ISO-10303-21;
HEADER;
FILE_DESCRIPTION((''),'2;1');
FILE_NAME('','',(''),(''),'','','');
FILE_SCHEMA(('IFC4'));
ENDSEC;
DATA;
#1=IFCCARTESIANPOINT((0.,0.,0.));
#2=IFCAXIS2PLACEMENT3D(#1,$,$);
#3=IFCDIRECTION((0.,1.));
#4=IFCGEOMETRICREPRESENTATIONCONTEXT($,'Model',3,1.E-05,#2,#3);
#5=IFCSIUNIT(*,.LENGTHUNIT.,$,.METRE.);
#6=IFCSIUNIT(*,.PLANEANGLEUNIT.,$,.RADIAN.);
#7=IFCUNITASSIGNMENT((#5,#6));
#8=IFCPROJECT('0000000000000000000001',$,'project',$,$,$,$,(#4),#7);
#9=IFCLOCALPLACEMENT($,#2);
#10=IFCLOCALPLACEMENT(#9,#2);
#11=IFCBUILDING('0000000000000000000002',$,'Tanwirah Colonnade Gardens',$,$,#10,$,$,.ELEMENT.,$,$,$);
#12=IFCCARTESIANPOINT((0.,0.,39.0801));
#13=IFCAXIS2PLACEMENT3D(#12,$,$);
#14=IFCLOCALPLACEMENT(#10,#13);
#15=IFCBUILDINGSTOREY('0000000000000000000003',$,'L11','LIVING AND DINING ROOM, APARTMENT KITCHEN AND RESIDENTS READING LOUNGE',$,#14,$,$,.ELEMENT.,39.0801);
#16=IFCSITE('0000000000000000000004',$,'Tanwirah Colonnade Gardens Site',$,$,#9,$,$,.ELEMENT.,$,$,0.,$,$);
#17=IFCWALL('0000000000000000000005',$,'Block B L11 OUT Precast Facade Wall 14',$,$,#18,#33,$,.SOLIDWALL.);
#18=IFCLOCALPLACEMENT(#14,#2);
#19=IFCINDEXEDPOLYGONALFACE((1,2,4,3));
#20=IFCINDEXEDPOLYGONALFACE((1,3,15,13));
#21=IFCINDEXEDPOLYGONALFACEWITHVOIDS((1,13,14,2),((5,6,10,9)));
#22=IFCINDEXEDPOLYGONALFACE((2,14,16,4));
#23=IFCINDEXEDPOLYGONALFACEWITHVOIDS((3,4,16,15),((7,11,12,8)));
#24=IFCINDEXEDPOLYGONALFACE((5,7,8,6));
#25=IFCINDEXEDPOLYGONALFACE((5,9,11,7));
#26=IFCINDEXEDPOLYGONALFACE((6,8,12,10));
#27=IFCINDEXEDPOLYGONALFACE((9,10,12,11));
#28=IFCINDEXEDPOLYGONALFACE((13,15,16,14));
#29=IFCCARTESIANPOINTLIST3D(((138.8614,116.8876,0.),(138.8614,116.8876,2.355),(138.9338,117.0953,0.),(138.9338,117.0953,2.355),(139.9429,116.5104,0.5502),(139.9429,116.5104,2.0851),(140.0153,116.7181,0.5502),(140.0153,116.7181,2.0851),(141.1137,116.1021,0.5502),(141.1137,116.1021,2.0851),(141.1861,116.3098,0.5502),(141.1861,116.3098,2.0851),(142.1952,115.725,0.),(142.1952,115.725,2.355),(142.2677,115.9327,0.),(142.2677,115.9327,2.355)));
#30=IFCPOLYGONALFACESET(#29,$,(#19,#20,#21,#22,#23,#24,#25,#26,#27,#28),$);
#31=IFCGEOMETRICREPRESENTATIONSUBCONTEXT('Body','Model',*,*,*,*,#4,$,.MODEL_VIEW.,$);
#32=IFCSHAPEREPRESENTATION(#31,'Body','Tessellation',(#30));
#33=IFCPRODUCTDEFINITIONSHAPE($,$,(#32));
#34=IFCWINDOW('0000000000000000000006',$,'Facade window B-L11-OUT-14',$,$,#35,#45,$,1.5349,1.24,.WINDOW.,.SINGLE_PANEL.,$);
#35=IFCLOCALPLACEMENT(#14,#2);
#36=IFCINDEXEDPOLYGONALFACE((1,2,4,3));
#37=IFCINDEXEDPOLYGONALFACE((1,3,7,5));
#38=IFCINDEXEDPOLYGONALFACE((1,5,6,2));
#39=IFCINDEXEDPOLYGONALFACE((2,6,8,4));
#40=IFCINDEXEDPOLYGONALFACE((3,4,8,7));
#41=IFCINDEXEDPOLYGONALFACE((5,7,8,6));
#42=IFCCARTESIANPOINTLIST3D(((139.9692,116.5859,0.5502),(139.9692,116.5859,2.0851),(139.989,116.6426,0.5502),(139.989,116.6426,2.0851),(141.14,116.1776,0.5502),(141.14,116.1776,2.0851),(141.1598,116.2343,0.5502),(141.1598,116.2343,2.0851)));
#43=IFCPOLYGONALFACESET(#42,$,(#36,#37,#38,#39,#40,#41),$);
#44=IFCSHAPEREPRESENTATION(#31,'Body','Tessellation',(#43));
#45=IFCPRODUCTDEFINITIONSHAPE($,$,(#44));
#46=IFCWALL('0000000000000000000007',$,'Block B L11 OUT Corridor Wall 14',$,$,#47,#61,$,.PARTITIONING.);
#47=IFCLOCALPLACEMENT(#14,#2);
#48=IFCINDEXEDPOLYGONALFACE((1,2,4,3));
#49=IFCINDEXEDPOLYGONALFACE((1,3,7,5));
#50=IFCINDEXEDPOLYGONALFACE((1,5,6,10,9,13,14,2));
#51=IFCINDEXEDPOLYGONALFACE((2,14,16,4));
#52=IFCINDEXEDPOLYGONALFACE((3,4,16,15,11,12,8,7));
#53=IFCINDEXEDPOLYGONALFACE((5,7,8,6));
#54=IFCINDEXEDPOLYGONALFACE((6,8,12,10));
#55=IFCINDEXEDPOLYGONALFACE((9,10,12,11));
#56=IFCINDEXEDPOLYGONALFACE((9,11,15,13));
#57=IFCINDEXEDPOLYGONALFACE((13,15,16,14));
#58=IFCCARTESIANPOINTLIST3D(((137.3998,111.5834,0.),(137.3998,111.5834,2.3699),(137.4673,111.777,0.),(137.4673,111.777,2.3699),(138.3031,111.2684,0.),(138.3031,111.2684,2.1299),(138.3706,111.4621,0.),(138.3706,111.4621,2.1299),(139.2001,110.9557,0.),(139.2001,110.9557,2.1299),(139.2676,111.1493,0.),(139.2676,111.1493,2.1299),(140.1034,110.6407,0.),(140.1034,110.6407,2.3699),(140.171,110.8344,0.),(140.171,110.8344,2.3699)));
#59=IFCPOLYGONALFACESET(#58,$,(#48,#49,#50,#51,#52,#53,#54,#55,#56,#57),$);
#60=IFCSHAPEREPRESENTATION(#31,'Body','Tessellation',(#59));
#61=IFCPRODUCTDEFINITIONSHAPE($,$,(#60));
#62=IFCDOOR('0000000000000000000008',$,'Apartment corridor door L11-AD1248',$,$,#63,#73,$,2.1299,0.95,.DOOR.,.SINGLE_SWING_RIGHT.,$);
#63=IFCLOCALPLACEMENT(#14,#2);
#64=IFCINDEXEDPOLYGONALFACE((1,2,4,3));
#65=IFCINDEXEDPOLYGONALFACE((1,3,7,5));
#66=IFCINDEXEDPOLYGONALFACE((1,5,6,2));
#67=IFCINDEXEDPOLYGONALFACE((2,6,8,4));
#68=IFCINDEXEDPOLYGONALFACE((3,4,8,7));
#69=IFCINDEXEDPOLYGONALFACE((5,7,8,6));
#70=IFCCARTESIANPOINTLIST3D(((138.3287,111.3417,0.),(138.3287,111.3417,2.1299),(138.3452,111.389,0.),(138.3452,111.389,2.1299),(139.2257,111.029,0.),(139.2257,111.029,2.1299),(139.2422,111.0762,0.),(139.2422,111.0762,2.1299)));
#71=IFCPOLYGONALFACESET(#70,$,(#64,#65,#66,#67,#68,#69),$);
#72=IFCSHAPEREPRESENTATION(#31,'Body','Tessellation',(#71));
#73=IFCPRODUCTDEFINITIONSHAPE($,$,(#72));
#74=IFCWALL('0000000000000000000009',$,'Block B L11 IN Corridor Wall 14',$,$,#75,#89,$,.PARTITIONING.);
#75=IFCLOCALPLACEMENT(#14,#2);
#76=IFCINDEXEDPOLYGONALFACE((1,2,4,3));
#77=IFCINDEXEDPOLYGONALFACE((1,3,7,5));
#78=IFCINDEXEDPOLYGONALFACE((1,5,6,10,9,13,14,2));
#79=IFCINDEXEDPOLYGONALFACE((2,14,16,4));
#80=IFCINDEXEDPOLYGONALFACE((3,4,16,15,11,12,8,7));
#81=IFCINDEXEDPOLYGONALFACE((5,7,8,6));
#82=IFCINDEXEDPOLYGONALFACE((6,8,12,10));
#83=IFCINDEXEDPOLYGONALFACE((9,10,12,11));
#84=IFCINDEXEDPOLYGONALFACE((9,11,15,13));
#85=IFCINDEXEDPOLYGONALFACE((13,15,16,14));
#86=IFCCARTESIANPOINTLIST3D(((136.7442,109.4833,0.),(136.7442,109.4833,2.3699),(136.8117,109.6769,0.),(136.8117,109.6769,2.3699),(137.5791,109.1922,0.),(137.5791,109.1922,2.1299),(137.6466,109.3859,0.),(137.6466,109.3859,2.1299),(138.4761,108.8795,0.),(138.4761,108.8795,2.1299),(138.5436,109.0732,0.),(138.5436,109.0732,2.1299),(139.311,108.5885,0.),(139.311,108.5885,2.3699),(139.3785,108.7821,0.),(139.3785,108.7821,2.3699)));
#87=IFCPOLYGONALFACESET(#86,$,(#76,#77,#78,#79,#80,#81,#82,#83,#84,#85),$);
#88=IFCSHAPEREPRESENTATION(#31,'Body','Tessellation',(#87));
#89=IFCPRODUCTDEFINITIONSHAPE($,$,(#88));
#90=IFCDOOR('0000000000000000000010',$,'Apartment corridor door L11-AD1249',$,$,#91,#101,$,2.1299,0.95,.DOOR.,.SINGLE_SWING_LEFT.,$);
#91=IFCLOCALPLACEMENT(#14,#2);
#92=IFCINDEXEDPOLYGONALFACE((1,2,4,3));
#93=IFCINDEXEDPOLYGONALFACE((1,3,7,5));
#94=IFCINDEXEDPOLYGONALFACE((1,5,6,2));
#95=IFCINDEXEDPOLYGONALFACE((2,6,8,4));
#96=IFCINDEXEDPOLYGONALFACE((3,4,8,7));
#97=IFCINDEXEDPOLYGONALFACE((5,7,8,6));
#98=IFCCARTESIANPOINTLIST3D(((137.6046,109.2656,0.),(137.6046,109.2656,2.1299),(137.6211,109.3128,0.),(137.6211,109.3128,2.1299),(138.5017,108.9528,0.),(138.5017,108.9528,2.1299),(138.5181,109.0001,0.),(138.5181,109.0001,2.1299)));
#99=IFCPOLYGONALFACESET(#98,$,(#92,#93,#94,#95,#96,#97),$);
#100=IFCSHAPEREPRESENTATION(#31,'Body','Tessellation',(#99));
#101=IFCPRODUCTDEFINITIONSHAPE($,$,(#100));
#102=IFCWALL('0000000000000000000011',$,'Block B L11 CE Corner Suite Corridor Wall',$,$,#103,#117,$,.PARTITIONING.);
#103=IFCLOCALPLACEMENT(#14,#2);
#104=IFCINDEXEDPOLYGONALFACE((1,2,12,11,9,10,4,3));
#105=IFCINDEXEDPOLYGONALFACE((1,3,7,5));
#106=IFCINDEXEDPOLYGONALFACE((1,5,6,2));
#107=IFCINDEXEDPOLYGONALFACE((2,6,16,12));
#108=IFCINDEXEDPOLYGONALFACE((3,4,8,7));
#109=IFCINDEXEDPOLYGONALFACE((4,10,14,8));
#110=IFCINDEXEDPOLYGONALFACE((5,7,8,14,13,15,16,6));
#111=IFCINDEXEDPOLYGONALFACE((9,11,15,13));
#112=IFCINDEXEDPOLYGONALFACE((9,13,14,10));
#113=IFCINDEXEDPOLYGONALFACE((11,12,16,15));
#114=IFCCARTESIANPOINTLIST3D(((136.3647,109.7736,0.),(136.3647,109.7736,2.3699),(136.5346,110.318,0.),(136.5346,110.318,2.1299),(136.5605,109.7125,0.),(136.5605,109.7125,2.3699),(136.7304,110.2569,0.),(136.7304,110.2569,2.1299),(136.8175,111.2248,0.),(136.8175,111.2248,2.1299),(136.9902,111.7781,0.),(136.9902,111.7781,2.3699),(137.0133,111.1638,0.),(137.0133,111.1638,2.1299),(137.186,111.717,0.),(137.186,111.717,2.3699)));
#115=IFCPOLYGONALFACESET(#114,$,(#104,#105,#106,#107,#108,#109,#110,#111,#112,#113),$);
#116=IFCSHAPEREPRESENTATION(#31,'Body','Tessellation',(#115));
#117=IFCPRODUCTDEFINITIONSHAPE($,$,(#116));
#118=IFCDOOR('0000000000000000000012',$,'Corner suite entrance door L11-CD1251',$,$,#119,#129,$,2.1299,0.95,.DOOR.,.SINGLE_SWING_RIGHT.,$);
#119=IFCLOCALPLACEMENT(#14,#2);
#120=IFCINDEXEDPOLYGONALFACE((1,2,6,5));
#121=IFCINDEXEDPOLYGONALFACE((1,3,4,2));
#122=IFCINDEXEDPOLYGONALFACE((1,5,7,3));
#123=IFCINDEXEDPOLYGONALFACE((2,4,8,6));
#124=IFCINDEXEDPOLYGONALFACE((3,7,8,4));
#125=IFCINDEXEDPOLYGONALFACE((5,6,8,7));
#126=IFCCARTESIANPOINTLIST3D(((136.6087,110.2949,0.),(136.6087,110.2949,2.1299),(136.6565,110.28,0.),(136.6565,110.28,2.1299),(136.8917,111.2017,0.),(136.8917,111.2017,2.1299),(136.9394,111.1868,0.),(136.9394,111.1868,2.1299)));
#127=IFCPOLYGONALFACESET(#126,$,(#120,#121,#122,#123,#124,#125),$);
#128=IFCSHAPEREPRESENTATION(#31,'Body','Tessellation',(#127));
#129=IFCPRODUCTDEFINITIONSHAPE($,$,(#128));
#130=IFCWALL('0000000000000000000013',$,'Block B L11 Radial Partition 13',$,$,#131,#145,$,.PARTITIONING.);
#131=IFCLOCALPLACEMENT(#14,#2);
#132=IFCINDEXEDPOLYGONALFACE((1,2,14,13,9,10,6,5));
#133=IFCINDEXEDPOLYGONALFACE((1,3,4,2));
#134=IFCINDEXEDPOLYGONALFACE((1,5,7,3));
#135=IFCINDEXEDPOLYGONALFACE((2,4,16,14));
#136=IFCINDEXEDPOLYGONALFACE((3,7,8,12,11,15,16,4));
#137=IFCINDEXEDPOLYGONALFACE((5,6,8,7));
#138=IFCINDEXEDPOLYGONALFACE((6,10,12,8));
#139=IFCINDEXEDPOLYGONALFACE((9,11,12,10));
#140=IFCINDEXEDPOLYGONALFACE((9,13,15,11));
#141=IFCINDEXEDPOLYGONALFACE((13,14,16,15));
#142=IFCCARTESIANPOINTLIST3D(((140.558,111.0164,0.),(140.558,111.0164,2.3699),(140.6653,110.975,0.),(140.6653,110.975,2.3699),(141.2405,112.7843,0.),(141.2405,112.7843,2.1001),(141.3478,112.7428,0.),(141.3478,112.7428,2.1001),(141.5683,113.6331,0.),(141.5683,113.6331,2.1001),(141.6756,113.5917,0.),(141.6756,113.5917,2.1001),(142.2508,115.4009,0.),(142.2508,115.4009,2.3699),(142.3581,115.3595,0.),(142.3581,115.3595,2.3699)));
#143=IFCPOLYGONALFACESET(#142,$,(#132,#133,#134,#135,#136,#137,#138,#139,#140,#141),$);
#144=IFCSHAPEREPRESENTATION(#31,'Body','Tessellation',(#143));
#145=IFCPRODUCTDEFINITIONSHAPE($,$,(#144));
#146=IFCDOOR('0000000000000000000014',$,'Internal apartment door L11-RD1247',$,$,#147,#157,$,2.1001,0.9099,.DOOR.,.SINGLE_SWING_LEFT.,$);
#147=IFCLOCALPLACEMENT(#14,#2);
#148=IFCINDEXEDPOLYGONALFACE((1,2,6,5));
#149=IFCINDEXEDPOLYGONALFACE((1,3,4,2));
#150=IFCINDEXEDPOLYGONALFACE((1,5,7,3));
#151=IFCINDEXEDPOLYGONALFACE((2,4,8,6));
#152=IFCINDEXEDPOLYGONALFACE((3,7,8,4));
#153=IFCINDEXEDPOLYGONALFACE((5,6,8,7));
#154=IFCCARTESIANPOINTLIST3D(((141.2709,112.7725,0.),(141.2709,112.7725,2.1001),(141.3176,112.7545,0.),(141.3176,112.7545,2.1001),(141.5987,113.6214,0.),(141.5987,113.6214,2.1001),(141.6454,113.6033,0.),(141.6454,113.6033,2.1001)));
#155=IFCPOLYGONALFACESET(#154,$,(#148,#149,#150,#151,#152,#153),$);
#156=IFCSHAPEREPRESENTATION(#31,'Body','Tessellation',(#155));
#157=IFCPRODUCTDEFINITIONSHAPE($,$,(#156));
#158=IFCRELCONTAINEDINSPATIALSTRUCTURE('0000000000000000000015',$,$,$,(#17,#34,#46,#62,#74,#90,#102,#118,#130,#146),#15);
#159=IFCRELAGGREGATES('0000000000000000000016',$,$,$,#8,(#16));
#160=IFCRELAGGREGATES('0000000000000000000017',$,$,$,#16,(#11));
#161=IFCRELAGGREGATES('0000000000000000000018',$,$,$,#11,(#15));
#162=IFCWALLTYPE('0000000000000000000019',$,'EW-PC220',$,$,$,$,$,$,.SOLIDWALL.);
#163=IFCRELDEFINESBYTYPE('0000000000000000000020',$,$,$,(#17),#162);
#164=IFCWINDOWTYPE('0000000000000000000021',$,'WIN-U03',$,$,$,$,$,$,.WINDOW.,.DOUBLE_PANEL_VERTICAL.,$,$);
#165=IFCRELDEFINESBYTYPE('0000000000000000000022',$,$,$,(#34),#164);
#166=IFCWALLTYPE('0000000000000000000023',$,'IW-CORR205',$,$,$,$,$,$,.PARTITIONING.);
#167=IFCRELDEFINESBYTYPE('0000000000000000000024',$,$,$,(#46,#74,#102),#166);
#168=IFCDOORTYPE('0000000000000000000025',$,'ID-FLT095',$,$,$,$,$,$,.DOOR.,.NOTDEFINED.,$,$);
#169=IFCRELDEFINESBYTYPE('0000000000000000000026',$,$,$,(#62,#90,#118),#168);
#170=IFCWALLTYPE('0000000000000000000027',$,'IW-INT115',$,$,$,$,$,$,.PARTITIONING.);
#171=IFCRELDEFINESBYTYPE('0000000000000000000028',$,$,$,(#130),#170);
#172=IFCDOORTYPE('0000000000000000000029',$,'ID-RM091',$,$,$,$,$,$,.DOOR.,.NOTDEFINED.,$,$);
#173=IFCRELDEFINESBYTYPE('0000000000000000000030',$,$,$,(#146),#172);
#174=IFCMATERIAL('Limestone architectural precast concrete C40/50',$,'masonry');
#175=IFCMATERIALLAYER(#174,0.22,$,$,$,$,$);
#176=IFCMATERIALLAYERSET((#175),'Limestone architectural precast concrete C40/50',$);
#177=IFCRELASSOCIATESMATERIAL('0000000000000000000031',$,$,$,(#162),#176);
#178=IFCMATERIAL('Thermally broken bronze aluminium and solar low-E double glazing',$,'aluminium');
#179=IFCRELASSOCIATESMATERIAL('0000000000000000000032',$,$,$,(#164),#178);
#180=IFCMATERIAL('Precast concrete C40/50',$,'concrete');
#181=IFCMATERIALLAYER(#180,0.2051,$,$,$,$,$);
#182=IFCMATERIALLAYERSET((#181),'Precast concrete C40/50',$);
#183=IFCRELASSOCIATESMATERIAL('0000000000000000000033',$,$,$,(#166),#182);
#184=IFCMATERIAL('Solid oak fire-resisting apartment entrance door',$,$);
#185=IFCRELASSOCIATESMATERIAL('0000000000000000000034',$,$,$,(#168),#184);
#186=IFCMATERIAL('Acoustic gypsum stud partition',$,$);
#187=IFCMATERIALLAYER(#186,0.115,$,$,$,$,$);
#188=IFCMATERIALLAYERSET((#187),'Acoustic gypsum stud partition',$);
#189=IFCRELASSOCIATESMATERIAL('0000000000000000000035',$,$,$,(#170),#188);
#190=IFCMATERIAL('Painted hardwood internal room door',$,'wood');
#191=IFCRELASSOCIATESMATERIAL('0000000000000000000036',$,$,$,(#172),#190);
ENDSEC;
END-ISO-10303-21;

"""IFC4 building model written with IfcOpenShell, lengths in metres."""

from ifc_helpers import new_model, si_unit, direction, frame, frame_2d, origin, place, context, subcontext, project, spatial, rectangle, extrude, material, layer, layer_set, type_object, element, fill, save


model = new_model("IFC4")

# Units and contexts
model_context = context("Model", 3, precision=1e-05, world=origin(), true_north=direction((0.0, 1.0)))
body_context = subcontext(model_context, "Body", "Model", "MODEL_VIEW")
ifc_project = project(units=[si_unit("LENGTHUNIT", "METRE"), si_unit("PLANEANGLEUNIT", "RADIAN")], contexts=[model_context])

# Site, building, storey
site_placement = place(None, origin())
site = spatial("IfcSite", under=ifc_project, at=site_placement, Name="Tanwirah Colonnade Gardens Site", CompositionType="ELEMENT", RefElevation=0.0)
building_placement = place(site_placement, origin())
building = spatial("IfcBuilding", under=site, at=building_placement, Name="Tanwirah Colonnade Gardens", CompositionType="ELEMENT")
storey_placement = place(building_placement, frame((0.0, 0.0, 39.0801)))
storey = spatial("IfcBuildingStorey", under=building, at=storey_placement, Name="L11", Description="LIVING AND DINING ROOM, APARTMENT KITCHEN AND RESIDENTS READING LOUNGE", CompositionType="ELEMENT", Elevation=39.0801)

# Shared definitions
ifc_material_1 = material(Name="Precast concrete C40/50", Category="concrete")

# Wall, opening, window
ifc_material_2 = material(Name="Limestone architectural precast concrete C40/50", Category="masonry")
ifc_layer_1 = layer(ifc_material_2, 0.22)
ifc_layer_set_1 = layer_set([ifc_layer_1], Name="Limestone architectural precast concrete C40/50")
wall_type_1 = type_object("IfcWallType", Name="EW-PC220", PredefinedType="SOLIDWALL", material=ifc_layer_set_1)
wall_1_placement = place(storey_placement, frame((142.2314, 115.8289, 0.0), z_axis=(0.0, 0.0, 1.0), x_axis=(-0.944237, 0.329266, 0.0)))
wall_1 = element("IfcWall", 1, at=wall_1_placement, inside=storey, type_object=wall_type_1, Name="Block B L11 OUT Precast Facade Wall 14", PredefinedType="SOLIDWALL", context=body_context, shape_type="SweptSolid", body=[
    extrude(rectangle(XDim=3.5308, YDim=0.22, at=frame_2d((1.7654, 0.0))), origin(), (0.0, 0.0, 1.0), 2.355),
])
opening_1_placement = place(wall_1_placement, frame((1.1453, 0.0, 0.55)))
opening_1 = element("IfcOpeningElement", 2, at=opening_1_placement, cuts=wall_1, PredefinedType="OPENING", context=body_context, shape_type="SweptSolid", body=[
    extrude(rectangle(XDim=1.24, YDim=1.5349, at=frame_2d((0.6201, 0.7676))), frame((0.0, 0.1199, 0.0), z_axis=(0.0, -1.0, 0.0), x_axis=(1.0, 0.0, 0.0)), (0.0, 0.0, 1.0), 0.24),
])
ifc_material_3 = material(Name="Thermally broken bronze aluminium and solar low-E double glazing", Category="aluminium")
window_type = type_object("IfcWindowType", Name="WIN-U03", PartitioningType="DOUBLE_PANEL_VERTICAL", PredefinedType="WINDOW", material=ifc_material_3)
window_placement = place(opening_1_placement, origin())
window = element("IfcWindow", 3, at=window_placement, inside=storey, type_object=window_type, Name="Facade window B-L11-OUT-14", OverallHeight=1.5349, OverallWidth=1.24, PartitioningType="SINGLE_PANEL", PredefinedType="WINDOW", context=body_context, shape_type="SweptSolid", body=[
    extrude(rectangle(XDim=1.24, YDim=1.5349, at=frame_2d((0.6201, 0.7676))), frame((0.0, 0.03, 0.0), z_axis=(0.0, -1.0, 0.0), x_axis=(1.0, 0.0, 0.0)), (0.0, 0.0, 1.0), 0.0601),
])
fill(opening_1, window)

# Walls, openings, doors
ifc_layer_2 = layer(ifc_material_1, 0.2051)
ifc_layer_set_2 = layer_set([ifc_layer_2], Name="Precast concrete C40/50")
wall_type_2 = type_object("IfcWallType", Name="IW-CORR205", PredefinedType="PARTITIONING", material=ifc_layer_set_2)
wall_2_placement = place(storey_placement, frame((140.1372, 110.7375, 0.0), z_axis=(0.0, 0.0, 1.0), x_axis=(-0.944254, 0.329218, 0.0)))
wall_2 = element("IfcWall", 4, at=wall_2_placement, inside=storey, type_object=wall_type_2, Name="Block B L11 OUT Corridor Wall 14", PredefinedType="PARTITIONING", context=body_context, shape_type="SweptSolid", body=[
    extrude(rectangle(XDim=2.8633, YDim=0.2051, at=frame_2d((1.4316, 0.0))), origin(), (0.0, 0.0, 1.0), 2.3699),
])
opening_2_placement = place(wall_2_placement, frame((0.9565, 0.0, 0.0)))
opening_2 = element("IfcOpeningElement", 5, at=opening_2_placement, cuts=wall_2, PredefinedType="OPENING", context=body_context, shape_type="SweptSolid", body=[
    extrude(rectangle(XDim=0.95, YDim=2.1299, at=frame_2d((0.4751, 1.0649))), frame((0.0, 0.1125, 0.0), z_axis=(0.0, -1.0, 0.0), x_axis=(1.0, 0.0, 0.0)), (0.0, 0.0, 1.0), 0.2251),
])
ifc_material_4 = material(Name="Solid oak fire-resisting apartment entrance door")
door_type_1 = type_object("IfcDoorType", Name="ID-FLT095", OperationType="NOTDEFINED", PredefinedType="DOOR", material=ifc_material_4)
door_1_placement = place(opening_2_placement, origin())
door_1 = element("IfcDoor", 6, at=door_1_placement, inside=storey, type_object=door_type_1, Name="Apartment corridor door L11-AD1248", OperationType="SINGLE_SWING_RIGHT", OverallHeight=2.1299, OverallWidth=0.95, PredefinedType="DOOR", context=body_context, shape_type="SweptSolid", body=[
    extrude(rectangle(XDim=0.95, YDim=2.1299, at=frame_2d((0.4751, 1.0649))), frame((0.0, 0.0249, 0.0), z_axis=(0.0, -1.0, 0.0), x_axis=(1.0, 0.0, 0.0)), (0.0, 0.0, 1.0), 0.05),
])
fill(opening_2, door_1)
wall_3_placement = place(storey_placement, frame((139.3447, 108.6853, 0.0), z_axis=(0.0, 0.0, 1.0), x_axis=(-0.944265, 0.329186, 0.0)))
wall_3 = element("IfcWall", 7, at=wall_3_placement, inside=storey, type_object=wall_type_2, Name="Block B L11 IN Corridor Wall 14", PredefinedType="PARTITIONING", context=body_context, shape_type="SweptSolid", body=[
    extrude(rectangle(XDim=2.7183, YDim=0.2051, at=frame_2d((1.3591, 0.0))), origin(), (0.0, 0.0, 1.0), 2.3699),
])
opening_3_placement = place(wall_3_placement, frame((0.884, 0.0, 0.0)))
opening_3 = element("IfcOpeningElement", 8, at=opening_3_placement, cuts=wall_3, PredefinedType="OPENING", context=body_context, shape_type="SweptSolid", body=[
    extrude(rectangle(XDim=0.95, YDim=2.1299, at=frame_2d((0.4751, 1.0649))), frame((0.0, 0.1125, 0.0), z_axis=(0.0, -1.0, 0.0), x_axis=(1.0, 0.0, 0.0)), (0.0, 0.0, 1.0), 0.2251),
])
door_2_placement = place(opening_3_placement, origin())
door_2 = element("IfcDoor", 9, at=door_2_placement, inside=storey, type_object=door_type_1, Name="Apartment corridor door L11-AD1249", OperationType="SINGLE_SWING_LEFT", OverallHeight=2.1299, OverallWidth=0.95, PredefinedType="DOOR", context=body_context, shape_type="SweptSolid", body=[
    extrude(rectangle(XDim=0.95, YDim=2.1299, at=frame_2d((0.4751, 1.0649))), frame((0.0, 0.0249, 0.0), z_axis=(0.0, -1.0, 0.0), x_axis=(1.0, 0.0, 0.0)), (0.0, 0.0, 1.0), 0.05),
])
fill(opening_3, door_2)
wall_4_placement = place(storey_placement, frame((136.4626, 109.7432, 0.0), z_axis=(0.0, 0.0, 1.0), x_axis=(0.297858, 0.95461, 0.0)))
wall_4 = element("IfcWall", 10, at=wall_4_placement, inside=storey, type_object=wall_type_2, Name="Block B L11 CE Corner Suite Corridor Wall", PredefinedType="PARTITIONING", context=body_context, shape_type="SweptSolid", body=[
    extrude(rectangle(XDim=2.0999, YDim=0.2051, at=frame_2d((1.0498, 0.0))), origin(), (0.0, 0.0, 1.0), 2.3699),
])
opening_4_placement = place(wall_4_placement, frame((0.5701, 0.0, 0.0)))
opening_4 = element("IfcOpeningElement", 11, at=opening_4_placement, cuts=wall_4, PredefinedType="OPENING", context=body_context, shape_type="SweptSolid", body=[
    extrude(rectangle(XDim=0.95, YDim=2.1299, at=frame_2d((0.4751, 1.0649))), frame((0.0, 0.1125, 0.0), z_axis=(0.0, -1.0, 0.0), x_axis=(1.0, 0.0, 0.0)), (0.0, 0.0, 1.0), 0.2251),
])
door_3_placement = place(opening_4_placement, origin())
door_3 = element("IfcDoor", 12, at=door_3_placement, inside=storey, type_object=door_type_1, Name="Corner suite entrance door L11-CD1251", OperationType="SINGLE_SWING_RIGHT", OverallHeight=2.1299, OverallWidth=0.95, PredefinedType="DOOR", context=body_context, shape_type="SweptSolid", body=[
    extrude(rectangle(XDim=0.95, YDim=2.1299, at=frame_2d((0.4751, 1.0649))), frame((0.0, 0.0249, 0.0), z_axis=(0.0, -1.0, 0.0), x_axis=(1.0, 0.0, 0.0)), (0.0, 0.0, 1.0), 0.05),
])
fill(opening_4, door_3)
ifc_material_5 = material(Name="Acoustic gypsum stud partition")
ifc_layer_3 = layer(ifc_material_5, 0.115)
ifc_layer_set_3 = layer_set([ifc_layer_3], Name="Acoustic gypsum stud partition")
wall_type_3 = type_object("IfcWallType", Name="IW-INT115", PredefinedType="PARTITIONING", material=ifc_layer_set_3)
wall_5_placement = place(storey_placement, frame((140.6116, 110.9956, 0.0), z_axis=(0.0, 0.0, 1.0), x_axis=(0.360187, 0.93288, 0.0)))
wall_5 = element("IfcWall", 13, at=wall_5_placement, inside=storey, type_object=wall_type_3, Name="Block B L11 Radial Partition 13", PredefinedType="PARTITIONING", context=body_context, shape_type="SweptSolid", body=[
    extrude(rectangle(XDim=4.7, YDim=0.115, at=frame_2d((2.3501, 0.0))), origin(), (0.0, 0.0, 1.0), 2.3699),
])
opening_5_placement = place(wall_5_placement, frame((1.895, 0.0, 0.0)))
opening_5 = element("IfcOpeningElement", 14, at=opening_5_placement, cuts=wall_5, PredefinedType="OPENING", context=body_context, shape_type="SweptSolid", body=[
    extrude(rectangle(XDim=0.9099, YDim=2.1001, at=frame_2d((0.4551, 1.05))), frame((0.0, 0.0674, 0.0), z_axis=(0.0, -1.0, 0.0), x_axis=(1.0, 0.0, 0.0)), (0.0, 0.0, 1.0), 0.135),
])
ifc_material_6 = material(Name="Painted hardwood internal room door", Category="wood")
door_type_2 = type_object("IfcDoorType", Name="ID-RM091", OperationType="NOTDEFINED", PredefinedType="DOOR", material=ifc_material_6)
door_4_placement = place(opening_5_placement, origin())
door_4 = element("IfcDoor", 15, at=door_4_placement, inside=storey, type_object=door_type_2, Name="Internal apartment door L11-RD1247", OperationType="SINGLE_SWING_LEFT", OverallHeight=2.1001, OverallWidth=0.9099, PredefinedType="DOOR", context=body_context, shape_type="SweptSolid", body=[
    extrude(rectangle(XDim=0.9099, YDim=2.1001, at=frame_2d((0.4551, 1.05))), frame((0.0, 0.0249, 0.0), z_axis=(0.0, -1.0, 0.0), x_axis=(1.0, 0.0, 0.0)), (0.0, 0.0, 1.0), 0.05),
])
fill(opening_5, door_4)

save(model, "model.ifc")
